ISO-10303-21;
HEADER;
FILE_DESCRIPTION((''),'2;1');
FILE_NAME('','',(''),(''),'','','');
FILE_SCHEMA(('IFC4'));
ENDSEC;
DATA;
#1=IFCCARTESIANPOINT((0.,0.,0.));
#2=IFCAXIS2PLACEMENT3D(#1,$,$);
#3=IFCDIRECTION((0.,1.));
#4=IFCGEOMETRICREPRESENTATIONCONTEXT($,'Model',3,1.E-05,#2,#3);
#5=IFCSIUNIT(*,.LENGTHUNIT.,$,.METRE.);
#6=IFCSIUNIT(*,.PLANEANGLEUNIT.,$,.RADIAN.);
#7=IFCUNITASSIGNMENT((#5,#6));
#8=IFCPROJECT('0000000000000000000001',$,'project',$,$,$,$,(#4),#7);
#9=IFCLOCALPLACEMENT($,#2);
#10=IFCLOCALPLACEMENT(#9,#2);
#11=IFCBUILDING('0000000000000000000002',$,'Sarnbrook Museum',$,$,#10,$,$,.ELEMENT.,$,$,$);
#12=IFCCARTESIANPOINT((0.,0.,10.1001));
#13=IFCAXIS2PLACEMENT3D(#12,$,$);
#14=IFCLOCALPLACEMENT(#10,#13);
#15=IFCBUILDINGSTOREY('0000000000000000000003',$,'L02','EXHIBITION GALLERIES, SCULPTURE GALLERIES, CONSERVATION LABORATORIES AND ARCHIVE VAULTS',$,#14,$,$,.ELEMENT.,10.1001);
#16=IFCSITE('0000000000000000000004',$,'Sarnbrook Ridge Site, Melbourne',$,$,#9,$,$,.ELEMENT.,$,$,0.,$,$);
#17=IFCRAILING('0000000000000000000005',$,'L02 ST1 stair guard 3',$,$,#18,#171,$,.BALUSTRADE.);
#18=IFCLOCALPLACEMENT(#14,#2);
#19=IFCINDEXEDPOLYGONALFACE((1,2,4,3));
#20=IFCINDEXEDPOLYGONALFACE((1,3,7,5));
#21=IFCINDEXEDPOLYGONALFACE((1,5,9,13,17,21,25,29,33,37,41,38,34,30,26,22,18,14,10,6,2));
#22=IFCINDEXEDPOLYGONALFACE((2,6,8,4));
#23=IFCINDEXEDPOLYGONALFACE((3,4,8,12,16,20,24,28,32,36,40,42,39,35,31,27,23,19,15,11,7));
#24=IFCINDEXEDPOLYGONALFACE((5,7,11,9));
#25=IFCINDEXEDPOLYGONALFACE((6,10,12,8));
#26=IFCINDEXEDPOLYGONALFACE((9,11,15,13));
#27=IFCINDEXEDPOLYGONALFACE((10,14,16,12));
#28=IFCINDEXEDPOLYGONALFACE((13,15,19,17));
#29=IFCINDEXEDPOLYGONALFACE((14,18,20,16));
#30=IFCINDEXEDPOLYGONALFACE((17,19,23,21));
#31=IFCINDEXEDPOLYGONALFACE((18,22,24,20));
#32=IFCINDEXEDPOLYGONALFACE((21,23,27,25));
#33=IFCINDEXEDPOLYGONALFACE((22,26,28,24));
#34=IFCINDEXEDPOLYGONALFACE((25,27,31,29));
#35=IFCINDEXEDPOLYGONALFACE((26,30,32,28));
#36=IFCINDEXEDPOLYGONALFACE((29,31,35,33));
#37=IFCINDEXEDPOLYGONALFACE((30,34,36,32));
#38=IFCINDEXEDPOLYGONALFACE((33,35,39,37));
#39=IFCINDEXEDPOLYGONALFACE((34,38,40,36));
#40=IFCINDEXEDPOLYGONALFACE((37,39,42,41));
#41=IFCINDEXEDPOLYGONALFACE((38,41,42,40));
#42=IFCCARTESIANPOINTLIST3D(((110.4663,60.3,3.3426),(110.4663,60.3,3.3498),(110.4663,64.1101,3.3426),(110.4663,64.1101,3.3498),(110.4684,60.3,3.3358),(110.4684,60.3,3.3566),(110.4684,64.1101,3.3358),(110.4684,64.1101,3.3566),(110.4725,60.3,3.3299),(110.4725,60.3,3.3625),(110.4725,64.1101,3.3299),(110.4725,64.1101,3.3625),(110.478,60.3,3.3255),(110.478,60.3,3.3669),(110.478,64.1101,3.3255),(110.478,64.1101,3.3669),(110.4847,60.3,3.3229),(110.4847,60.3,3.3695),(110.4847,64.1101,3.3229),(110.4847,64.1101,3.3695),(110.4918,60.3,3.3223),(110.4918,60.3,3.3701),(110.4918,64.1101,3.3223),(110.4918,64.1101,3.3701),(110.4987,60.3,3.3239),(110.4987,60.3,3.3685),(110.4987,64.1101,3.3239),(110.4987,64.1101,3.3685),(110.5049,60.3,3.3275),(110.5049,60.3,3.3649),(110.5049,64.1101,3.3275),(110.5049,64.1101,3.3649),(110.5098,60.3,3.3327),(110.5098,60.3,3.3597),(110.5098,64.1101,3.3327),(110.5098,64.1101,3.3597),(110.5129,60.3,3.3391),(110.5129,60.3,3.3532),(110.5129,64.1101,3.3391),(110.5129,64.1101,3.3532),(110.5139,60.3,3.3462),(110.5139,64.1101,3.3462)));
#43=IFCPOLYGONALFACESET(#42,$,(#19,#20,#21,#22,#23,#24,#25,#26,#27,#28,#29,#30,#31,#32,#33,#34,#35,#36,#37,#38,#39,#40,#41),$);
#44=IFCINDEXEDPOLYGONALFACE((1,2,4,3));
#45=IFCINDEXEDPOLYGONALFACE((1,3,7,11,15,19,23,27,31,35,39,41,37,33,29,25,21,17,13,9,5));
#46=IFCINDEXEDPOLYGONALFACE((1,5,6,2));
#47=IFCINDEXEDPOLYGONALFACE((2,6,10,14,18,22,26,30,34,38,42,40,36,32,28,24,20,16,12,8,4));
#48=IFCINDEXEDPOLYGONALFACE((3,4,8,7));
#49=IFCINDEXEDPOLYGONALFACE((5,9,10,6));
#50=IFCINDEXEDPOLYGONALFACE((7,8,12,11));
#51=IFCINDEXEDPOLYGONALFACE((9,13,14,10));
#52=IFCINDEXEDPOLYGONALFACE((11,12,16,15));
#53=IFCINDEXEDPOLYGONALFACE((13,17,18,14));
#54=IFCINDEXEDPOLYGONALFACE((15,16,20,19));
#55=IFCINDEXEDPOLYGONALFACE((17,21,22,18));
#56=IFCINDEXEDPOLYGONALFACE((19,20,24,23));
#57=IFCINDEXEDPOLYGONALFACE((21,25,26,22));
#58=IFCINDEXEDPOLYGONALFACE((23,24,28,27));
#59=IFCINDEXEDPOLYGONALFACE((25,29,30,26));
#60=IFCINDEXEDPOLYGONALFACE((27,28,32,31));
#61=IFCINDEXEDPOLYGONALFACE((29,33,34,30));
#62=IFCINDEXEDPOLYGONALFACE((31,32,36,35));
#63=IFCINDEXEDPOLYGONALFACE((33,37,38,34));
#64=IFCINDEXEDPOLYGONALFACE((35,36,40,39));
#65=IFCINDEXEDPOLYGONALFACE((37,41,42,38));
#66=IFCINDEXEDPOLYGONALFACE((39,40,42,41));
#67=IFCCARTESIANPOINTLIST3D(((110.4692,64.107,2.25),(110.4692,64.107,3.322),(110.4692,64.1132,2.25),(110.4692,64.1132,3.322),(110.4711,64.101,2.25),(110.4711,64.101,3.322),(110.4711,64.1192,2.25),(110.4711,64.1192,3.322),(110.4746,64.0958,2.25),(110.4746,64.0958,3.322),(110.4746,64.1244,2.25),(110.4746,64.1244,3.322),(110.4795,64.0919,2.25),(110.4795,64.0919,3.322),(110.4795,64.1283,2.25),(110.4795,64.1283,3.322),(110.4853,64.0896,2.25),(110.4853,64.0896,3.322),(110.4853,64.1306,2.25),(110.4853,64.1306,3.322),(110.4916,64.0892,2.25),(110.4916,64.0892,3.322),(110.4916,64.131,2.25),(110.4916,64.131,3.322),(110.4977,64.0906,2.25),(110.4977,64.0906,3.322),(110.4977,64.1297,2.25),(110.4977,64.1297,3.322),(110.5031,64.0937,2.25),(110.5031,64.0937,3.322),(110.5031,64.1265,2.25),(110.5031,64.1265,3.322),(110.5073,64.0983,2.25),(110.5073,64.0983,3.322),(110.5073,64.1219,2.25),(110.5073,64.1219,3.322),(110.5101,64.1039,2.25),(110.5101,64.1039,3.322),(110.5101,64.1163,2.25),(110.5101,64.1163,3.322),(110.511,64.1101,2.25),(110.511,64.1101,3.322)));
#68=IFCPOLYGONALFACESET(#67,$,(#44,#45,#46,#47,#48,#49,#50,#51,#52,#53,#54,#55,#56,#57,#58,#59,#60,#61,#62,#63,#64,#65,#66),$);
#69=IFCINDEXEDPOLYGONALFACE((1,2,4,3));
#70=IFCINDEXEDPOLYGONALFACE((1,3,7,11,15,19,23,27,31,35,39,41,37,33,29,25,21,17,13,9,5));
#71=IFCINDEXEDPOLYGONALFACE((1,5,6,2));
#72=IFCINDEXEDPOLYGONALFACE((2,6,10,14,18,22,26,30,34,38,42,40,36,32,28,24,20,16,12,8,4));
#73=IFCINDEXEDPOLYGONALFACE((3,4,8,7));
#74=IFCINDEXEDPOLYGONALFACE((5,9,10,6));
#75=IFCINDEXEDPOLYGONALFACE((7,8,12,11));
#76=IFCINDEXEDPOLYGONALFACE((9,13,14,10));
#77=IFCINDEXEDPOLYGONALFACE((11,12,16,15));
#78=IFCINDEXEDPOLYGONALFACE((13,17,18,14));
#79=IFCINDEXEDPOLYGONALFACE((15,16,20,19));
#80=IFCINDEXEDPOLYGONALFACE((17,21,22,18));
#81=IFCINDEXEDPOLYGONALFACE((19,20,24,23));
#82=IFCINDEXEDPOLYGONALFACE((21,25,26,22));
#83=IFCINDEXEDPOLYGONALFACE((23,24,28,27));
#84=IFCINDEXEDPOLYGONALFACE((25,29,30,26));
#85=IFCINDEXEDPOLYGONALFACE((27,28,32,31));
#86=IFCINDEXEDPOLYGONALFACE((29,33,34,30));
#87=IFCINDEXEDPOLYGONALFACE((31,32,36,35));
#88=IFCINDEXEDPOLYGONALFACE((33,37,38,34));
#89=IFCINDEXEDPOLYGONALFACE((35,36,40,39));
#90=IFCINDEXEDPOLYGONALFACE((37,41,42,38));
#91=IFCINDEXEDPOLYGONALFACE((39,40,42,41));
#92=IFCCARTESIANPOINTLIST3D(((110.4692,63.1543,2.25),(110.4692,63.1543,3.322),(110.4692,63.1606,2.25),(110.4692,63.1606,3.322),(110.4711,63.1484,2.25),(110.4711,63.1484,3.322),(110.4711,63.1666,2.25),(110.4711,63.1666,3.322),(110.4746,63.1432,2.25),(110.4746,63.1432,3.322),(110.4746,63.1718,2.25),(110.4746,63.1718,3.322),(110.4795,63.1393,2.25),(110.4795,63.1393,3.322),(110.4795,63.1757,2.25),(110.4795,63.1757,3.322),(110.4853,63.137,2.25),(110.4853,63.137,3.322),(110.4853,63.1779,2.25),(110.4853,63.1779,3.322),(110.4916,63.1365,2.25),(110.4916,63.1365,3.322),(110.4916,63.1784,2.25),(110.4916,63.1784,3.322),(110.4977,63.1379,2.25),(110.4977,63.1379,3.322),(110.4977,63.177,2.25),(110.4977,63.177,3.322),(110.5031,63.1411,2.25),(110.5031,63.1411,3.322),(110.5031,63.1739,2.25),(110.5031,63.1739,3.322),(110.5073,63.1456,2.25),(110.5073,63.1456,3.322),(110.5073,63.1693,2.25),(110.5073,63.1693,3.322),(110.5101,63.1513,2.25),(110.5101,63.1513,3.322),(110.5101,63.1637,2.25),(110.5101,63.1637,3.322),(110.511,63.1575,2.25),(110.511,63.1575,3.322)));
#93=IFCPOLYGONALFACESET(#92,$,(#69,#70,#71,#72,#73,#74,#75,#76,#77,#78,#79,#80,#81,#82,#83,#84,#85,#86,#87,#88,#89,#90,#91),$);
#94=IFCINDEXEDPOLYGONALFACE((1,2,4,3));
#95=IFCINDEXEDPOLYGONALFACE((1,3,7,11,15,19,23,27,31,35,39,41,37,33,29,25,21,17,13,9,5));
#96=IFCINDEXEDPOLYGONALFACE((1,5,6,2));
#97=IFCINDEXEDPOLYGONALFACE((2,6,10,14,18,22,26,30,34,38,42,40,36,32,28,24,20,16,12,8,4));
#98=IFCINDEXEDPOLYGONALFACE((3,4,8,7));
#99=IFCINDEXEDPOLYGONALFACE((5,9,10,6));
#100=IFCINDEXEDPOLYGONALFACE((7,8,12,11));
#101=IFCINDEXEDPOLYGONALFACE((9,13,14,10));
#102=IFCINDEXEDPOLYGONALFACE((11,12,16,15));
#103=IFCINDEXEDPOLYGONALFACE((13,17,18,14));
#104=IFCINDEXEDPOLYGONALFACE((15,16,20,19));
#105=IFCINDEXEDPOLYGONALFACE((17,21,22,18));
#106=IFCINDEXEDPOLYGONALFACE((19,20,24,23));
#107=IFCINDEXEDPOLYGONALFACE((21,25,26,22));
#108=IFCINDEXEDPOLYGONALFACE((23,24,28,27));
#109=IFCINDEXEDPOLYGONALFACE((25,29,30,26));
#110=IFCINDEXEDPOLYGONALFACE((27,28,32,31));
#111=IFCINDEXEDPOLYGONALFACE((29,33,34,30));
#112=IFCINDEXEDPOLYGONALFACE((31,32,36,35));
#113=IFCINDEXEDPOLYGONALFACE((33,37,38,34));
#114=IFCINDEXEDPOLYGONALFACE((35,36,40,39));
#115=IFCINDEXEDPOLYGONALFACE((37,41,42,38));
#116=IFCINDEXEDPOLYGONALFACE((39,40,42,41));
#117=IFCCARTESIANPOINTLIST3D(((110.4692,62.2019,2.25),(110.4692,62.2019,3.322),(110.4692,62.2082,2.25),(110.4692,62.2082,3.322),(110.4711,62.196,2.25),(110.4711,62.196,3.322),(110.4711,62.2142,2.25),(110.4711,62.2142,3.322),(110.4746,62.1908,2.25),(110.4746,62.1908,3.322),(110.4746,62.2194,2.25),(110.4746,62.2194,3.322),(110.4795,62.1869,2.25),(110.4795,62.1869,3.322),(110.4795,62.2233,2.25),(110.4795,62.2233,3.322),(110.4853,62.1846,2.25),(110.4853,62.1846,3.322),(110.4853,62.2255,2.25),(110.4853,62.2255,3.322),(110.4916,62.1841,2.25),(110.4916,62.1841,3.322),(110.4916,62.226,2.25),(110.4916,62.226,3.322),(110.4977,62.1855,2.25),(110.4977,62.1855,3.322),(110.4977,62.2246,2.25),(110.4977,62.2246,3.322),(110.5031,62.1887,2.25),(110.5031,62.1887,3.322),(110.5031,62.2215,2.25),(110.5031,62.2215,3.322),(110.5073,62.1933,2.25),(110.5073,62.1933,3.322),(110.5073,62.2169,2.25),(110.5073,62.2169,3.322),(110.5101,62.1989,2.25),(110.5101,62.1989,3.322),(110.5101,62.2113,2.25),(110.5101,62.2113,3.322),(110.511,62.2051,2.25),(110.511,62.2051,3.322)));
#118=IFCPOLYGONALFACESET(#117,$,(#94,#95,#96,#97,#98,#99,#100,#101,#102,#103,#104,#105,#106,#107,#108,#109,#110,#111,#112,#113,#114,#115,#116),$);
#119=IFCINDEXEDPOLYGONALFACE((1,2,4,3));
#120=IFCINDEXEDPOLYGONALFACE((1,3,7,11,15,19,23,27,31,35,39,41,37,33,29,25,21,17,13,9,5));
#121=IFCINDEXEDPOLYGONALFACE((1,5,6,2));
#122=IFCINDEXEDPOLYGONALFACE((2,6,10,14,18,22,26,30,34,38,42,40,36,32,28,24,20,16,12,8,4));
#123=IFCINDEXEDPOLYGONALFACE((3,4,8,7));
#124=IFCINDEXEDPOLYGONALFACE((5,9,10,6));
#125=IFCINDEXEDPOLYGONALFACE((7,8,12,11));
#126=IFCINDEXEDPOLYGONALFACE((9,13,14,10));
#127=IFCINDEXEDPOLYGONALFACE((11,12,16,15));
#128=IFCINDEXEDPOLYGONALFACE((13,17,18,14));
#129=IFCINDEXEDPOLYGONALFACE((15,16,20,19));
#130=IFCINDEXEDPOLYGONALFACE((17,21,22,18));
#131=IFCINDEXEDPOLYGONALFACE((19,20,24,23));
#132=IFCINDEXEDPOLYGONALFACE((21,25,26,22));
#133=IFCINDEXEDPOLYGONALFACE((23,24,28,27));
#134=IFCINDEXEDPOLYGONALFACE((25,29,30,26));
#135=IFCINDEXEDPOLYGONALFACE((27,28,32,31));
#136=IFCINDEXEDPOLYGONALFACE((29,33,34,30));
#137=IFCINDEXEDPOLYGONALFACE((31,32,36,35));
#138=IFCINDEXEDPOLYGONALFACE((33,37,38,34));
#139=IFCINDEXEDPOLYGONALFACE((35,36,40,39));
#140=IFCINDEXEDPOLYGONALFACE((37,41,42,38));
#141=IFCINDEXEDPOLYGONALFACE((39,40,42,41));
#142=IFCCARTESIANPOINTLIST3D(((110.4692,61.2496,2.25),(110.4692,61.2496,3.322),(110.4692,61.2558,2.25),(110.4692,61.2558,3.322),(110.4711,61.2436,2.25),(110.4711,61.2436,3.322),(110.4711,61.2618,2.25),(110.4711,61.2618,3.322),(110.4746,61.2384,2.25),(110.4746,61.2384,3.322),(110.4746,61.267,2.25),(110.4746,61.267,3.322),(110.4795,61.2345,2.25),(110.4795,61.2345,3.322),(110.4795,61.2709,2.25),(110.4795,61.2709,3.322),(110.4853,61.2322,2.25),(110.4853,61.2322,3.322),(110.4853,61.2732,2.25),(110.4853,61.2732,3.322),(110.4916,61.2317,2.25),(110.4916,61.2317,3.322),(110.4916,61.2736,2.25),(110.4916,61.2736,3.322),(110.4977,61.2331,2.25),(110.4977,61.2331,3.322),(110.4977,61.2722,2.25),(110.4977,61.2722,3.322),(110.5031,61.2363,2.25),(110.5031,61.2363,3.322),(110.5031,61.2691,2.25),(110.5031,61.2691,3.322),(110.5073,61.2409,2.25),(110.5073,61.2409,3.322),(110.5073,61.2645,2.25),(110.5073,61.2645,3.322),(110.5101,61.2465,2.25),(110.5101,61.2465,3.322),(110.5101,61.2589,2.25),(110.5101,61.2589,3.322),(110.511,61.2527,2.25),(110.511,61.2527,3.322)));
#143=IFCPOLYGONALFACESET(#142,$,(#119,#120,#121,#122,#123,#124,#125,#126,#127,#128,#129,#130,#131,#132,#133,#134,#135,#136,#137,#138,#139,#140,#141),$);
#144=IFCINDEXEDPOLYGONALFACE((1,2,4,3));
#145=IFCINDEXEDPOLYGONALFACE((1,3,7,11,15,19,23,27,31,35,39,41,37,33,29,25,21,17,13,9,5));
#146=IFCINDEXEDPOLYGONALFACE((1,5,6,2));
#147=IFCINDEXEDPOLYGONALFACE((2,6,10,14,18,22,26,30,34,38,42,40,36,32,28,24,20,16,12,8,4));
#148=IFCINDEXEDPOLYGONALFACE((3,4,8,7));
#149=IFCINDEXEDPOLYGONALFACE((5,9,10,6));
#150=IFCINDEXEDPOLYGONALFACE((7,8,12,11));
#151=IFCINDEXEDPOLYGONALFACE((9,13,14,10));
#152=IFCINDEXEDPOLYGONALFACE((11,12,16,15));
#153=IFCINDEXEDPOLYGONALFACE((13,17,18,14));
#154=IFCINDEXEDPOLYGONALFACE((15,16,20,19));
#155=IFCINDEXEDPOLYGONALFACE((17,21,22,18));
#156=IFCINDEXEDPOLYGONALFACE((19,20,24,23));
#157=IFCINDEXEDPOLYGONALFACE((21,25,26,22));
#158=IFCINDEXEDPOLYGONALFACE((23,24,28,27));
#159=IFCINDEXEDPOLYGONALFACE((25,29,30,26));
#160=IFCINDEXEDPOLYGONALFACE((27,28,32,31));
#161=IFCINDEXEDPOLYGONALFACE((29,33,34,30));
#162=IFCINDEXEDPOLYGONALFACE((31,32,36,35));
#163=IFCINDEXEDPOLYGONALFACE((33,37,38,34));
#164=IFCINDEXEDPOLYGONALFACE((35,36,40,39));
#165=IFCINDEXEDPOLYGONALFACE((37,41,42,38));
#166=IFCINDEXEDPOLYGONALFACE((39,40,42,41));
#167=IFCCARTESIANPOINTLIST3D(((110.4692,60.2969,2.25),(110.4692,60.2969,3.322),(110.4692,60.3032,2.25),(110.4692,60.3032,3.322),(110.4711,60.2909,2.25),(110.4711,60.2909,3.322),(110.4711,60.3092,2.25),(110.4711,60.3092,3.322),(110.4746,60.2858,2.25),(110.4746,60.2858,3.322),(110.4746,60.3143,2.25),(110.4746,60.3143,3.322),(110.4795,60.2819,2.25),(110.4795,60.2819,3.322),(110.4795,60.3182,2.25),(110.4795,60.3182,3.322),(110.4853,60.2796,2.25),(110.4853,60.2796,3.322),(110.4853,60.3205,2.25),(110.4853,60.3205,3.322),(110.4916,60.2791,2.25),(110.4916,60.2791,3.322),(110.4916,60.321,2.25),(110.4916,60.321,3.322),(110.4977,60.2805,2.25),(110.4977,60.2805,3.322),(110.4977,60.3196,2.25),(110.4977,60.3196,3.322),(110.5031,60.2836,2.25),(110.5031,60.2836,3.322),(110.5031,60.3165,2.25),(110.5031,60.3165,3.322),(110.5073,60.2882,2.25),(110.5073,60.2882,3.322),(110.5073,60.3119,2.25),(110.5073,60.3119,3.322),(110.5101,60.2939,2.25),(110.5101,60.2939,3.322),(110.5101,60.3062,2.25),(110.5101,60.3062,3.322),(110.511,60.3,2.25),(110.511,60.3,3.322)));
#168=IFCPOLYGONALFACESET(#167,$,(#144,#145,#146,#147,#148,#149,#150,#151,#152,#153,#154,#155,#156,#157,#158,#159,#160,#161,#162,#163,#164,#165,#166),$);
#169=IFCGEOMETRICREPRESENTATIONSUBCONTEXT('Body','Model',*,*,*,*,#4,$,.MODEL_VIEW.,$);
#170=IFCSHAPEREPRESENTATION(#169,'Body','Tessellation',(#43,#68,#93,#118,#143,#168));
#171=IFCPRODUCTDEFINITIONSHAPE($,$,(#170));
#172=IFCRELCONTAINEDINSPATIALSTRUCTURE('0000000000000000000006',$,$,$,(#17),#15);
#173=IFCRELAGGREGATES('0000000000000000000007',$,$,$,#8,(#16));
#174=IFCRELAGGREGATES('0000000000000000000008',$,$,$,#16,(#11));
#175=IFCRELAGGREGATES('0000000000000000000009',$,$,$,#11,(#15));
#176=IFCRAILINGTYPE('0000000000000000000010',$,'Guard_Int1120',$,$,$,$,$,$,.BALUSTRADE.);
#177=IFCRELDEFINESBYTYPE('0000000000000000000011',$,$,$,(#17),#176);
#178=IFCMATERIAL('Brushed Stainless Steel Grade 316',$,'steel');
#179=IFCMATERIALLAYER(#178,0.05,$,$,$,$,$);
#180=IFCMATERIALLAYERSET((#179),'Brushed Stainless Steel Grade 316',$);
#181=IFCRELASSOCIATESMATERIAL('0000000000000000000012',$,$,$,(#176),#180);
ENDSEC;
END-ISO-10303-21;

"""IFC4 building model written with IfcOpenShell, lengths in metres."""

from ifc_helpers import new_model, si_unit, direction, frame, origin, origin_2d, place, context, subcontext, project, spatial, circle, extrude, material, layer, layer_set, type_object, element, save


model = new_model("IFC4")

# Units and contexts
model_context = context("Model", 3, precision=1e-05, world=origin(), true_north=direction((0.0, 1.0)))
body_context = subcontext(model_context, "Body", "Model", "MODEL_VIEW")
ifc_project = project(units=[si_unit("LENGTHUNIT", "METRE"), si_unit("PLANEANGLEUNIT", "RADIAN")], contexts=[model_context])

# Site, building, storey
site_placement = place(None, origin())
site = spatial("IfcSite", under=ifc_project, at=site_placement, Name="Sarnbrook Ridge Site, Melbourne", CompositionType="ELEMENT", RefElevation=0.0)
building_placement = place(site_placement, origin())
building = spatial("IfcBuilding", under=site, at=building_placement, Name="Sarnbrook Museum", CompositionType="ELEMENT")
storey_placement = place(building_placement, frame((0.0, 0.0, 10.1001)))
storey = spatial("IfcBuildingStorey", under=building, at=storey_placement, Name="L02", Description="EXHIBITION GALLERIES, SCULPTURE GALLERIES, CONSERVATION LABORATORIES AND ARCHIVE VAULTS", CompositionType="ELEMENT", Elevation=10.1001)

# Shared definitions
ifc_material_1 = material(Name="Brushed Stainless Steel Grade 316", Category="steel")

# Railing
ifc_layer_1 = layer(ifc_material_1, 0.05)
ifc_layer_set_1 = layer_set([ifc_layer_1], Name="Brushed Stainless Steel Grade 316")
railing_type_1 = type_object("IfcRailingType", Name="Guard_Int1120", PredefinedType="BALUSTRADE", material=ifc_layer_set_1)
for number, where, name in (
    (1, (110.49, 64.1101, 2.25), "L02 ST1 stair guard 3"),
):
    element("IfcRailing", number, at=place(storey_placement, frame(where)), inside=storey, type_object=railing_type_1, Name=name, PredefinedType="BALUSTRADE", context=body_context, shape_type="SweptSolid", body=[
        extrude(circle(Radius=0.0239, at=origin_2d()), frame((0.0, 0.0, 1.0962), z_axis=(0.0, -1.0, 0.0), x_axis=(1.0, 0.0, 0.0)), (0.0, 0.0, 1.0), 3.8101),
        extrude(circle(Radius=0.021, at=origin_2d()), origin(), (0.0, 0.0, 1.0), 1.072),
        extrude(circle(Radius=0.021, at=origin_2d()), frame((0.0, -0.9526, 0.0)), (0.0, 0.0, 1.0), 1.072),
        extrude(circle(Radius=0.021, at=origin_2d()), frame((0.0, -1.905, 0.0)), (0.0, 0.0, 1.0), 1.072),
        extrude(circle(Radius=0.021, at=origin_2d()), frame((0.0, -2.8574, 0.0)), (0.0, 0.0, 1.0), 1.072),
        extrude(circle(Radius=0.021, at=origin_2d()), frame((0.0, -3.8101, 0.0)), (0.0, 0.0, 1.0), 1.072),
    ])

save(model, "model.ifc")
